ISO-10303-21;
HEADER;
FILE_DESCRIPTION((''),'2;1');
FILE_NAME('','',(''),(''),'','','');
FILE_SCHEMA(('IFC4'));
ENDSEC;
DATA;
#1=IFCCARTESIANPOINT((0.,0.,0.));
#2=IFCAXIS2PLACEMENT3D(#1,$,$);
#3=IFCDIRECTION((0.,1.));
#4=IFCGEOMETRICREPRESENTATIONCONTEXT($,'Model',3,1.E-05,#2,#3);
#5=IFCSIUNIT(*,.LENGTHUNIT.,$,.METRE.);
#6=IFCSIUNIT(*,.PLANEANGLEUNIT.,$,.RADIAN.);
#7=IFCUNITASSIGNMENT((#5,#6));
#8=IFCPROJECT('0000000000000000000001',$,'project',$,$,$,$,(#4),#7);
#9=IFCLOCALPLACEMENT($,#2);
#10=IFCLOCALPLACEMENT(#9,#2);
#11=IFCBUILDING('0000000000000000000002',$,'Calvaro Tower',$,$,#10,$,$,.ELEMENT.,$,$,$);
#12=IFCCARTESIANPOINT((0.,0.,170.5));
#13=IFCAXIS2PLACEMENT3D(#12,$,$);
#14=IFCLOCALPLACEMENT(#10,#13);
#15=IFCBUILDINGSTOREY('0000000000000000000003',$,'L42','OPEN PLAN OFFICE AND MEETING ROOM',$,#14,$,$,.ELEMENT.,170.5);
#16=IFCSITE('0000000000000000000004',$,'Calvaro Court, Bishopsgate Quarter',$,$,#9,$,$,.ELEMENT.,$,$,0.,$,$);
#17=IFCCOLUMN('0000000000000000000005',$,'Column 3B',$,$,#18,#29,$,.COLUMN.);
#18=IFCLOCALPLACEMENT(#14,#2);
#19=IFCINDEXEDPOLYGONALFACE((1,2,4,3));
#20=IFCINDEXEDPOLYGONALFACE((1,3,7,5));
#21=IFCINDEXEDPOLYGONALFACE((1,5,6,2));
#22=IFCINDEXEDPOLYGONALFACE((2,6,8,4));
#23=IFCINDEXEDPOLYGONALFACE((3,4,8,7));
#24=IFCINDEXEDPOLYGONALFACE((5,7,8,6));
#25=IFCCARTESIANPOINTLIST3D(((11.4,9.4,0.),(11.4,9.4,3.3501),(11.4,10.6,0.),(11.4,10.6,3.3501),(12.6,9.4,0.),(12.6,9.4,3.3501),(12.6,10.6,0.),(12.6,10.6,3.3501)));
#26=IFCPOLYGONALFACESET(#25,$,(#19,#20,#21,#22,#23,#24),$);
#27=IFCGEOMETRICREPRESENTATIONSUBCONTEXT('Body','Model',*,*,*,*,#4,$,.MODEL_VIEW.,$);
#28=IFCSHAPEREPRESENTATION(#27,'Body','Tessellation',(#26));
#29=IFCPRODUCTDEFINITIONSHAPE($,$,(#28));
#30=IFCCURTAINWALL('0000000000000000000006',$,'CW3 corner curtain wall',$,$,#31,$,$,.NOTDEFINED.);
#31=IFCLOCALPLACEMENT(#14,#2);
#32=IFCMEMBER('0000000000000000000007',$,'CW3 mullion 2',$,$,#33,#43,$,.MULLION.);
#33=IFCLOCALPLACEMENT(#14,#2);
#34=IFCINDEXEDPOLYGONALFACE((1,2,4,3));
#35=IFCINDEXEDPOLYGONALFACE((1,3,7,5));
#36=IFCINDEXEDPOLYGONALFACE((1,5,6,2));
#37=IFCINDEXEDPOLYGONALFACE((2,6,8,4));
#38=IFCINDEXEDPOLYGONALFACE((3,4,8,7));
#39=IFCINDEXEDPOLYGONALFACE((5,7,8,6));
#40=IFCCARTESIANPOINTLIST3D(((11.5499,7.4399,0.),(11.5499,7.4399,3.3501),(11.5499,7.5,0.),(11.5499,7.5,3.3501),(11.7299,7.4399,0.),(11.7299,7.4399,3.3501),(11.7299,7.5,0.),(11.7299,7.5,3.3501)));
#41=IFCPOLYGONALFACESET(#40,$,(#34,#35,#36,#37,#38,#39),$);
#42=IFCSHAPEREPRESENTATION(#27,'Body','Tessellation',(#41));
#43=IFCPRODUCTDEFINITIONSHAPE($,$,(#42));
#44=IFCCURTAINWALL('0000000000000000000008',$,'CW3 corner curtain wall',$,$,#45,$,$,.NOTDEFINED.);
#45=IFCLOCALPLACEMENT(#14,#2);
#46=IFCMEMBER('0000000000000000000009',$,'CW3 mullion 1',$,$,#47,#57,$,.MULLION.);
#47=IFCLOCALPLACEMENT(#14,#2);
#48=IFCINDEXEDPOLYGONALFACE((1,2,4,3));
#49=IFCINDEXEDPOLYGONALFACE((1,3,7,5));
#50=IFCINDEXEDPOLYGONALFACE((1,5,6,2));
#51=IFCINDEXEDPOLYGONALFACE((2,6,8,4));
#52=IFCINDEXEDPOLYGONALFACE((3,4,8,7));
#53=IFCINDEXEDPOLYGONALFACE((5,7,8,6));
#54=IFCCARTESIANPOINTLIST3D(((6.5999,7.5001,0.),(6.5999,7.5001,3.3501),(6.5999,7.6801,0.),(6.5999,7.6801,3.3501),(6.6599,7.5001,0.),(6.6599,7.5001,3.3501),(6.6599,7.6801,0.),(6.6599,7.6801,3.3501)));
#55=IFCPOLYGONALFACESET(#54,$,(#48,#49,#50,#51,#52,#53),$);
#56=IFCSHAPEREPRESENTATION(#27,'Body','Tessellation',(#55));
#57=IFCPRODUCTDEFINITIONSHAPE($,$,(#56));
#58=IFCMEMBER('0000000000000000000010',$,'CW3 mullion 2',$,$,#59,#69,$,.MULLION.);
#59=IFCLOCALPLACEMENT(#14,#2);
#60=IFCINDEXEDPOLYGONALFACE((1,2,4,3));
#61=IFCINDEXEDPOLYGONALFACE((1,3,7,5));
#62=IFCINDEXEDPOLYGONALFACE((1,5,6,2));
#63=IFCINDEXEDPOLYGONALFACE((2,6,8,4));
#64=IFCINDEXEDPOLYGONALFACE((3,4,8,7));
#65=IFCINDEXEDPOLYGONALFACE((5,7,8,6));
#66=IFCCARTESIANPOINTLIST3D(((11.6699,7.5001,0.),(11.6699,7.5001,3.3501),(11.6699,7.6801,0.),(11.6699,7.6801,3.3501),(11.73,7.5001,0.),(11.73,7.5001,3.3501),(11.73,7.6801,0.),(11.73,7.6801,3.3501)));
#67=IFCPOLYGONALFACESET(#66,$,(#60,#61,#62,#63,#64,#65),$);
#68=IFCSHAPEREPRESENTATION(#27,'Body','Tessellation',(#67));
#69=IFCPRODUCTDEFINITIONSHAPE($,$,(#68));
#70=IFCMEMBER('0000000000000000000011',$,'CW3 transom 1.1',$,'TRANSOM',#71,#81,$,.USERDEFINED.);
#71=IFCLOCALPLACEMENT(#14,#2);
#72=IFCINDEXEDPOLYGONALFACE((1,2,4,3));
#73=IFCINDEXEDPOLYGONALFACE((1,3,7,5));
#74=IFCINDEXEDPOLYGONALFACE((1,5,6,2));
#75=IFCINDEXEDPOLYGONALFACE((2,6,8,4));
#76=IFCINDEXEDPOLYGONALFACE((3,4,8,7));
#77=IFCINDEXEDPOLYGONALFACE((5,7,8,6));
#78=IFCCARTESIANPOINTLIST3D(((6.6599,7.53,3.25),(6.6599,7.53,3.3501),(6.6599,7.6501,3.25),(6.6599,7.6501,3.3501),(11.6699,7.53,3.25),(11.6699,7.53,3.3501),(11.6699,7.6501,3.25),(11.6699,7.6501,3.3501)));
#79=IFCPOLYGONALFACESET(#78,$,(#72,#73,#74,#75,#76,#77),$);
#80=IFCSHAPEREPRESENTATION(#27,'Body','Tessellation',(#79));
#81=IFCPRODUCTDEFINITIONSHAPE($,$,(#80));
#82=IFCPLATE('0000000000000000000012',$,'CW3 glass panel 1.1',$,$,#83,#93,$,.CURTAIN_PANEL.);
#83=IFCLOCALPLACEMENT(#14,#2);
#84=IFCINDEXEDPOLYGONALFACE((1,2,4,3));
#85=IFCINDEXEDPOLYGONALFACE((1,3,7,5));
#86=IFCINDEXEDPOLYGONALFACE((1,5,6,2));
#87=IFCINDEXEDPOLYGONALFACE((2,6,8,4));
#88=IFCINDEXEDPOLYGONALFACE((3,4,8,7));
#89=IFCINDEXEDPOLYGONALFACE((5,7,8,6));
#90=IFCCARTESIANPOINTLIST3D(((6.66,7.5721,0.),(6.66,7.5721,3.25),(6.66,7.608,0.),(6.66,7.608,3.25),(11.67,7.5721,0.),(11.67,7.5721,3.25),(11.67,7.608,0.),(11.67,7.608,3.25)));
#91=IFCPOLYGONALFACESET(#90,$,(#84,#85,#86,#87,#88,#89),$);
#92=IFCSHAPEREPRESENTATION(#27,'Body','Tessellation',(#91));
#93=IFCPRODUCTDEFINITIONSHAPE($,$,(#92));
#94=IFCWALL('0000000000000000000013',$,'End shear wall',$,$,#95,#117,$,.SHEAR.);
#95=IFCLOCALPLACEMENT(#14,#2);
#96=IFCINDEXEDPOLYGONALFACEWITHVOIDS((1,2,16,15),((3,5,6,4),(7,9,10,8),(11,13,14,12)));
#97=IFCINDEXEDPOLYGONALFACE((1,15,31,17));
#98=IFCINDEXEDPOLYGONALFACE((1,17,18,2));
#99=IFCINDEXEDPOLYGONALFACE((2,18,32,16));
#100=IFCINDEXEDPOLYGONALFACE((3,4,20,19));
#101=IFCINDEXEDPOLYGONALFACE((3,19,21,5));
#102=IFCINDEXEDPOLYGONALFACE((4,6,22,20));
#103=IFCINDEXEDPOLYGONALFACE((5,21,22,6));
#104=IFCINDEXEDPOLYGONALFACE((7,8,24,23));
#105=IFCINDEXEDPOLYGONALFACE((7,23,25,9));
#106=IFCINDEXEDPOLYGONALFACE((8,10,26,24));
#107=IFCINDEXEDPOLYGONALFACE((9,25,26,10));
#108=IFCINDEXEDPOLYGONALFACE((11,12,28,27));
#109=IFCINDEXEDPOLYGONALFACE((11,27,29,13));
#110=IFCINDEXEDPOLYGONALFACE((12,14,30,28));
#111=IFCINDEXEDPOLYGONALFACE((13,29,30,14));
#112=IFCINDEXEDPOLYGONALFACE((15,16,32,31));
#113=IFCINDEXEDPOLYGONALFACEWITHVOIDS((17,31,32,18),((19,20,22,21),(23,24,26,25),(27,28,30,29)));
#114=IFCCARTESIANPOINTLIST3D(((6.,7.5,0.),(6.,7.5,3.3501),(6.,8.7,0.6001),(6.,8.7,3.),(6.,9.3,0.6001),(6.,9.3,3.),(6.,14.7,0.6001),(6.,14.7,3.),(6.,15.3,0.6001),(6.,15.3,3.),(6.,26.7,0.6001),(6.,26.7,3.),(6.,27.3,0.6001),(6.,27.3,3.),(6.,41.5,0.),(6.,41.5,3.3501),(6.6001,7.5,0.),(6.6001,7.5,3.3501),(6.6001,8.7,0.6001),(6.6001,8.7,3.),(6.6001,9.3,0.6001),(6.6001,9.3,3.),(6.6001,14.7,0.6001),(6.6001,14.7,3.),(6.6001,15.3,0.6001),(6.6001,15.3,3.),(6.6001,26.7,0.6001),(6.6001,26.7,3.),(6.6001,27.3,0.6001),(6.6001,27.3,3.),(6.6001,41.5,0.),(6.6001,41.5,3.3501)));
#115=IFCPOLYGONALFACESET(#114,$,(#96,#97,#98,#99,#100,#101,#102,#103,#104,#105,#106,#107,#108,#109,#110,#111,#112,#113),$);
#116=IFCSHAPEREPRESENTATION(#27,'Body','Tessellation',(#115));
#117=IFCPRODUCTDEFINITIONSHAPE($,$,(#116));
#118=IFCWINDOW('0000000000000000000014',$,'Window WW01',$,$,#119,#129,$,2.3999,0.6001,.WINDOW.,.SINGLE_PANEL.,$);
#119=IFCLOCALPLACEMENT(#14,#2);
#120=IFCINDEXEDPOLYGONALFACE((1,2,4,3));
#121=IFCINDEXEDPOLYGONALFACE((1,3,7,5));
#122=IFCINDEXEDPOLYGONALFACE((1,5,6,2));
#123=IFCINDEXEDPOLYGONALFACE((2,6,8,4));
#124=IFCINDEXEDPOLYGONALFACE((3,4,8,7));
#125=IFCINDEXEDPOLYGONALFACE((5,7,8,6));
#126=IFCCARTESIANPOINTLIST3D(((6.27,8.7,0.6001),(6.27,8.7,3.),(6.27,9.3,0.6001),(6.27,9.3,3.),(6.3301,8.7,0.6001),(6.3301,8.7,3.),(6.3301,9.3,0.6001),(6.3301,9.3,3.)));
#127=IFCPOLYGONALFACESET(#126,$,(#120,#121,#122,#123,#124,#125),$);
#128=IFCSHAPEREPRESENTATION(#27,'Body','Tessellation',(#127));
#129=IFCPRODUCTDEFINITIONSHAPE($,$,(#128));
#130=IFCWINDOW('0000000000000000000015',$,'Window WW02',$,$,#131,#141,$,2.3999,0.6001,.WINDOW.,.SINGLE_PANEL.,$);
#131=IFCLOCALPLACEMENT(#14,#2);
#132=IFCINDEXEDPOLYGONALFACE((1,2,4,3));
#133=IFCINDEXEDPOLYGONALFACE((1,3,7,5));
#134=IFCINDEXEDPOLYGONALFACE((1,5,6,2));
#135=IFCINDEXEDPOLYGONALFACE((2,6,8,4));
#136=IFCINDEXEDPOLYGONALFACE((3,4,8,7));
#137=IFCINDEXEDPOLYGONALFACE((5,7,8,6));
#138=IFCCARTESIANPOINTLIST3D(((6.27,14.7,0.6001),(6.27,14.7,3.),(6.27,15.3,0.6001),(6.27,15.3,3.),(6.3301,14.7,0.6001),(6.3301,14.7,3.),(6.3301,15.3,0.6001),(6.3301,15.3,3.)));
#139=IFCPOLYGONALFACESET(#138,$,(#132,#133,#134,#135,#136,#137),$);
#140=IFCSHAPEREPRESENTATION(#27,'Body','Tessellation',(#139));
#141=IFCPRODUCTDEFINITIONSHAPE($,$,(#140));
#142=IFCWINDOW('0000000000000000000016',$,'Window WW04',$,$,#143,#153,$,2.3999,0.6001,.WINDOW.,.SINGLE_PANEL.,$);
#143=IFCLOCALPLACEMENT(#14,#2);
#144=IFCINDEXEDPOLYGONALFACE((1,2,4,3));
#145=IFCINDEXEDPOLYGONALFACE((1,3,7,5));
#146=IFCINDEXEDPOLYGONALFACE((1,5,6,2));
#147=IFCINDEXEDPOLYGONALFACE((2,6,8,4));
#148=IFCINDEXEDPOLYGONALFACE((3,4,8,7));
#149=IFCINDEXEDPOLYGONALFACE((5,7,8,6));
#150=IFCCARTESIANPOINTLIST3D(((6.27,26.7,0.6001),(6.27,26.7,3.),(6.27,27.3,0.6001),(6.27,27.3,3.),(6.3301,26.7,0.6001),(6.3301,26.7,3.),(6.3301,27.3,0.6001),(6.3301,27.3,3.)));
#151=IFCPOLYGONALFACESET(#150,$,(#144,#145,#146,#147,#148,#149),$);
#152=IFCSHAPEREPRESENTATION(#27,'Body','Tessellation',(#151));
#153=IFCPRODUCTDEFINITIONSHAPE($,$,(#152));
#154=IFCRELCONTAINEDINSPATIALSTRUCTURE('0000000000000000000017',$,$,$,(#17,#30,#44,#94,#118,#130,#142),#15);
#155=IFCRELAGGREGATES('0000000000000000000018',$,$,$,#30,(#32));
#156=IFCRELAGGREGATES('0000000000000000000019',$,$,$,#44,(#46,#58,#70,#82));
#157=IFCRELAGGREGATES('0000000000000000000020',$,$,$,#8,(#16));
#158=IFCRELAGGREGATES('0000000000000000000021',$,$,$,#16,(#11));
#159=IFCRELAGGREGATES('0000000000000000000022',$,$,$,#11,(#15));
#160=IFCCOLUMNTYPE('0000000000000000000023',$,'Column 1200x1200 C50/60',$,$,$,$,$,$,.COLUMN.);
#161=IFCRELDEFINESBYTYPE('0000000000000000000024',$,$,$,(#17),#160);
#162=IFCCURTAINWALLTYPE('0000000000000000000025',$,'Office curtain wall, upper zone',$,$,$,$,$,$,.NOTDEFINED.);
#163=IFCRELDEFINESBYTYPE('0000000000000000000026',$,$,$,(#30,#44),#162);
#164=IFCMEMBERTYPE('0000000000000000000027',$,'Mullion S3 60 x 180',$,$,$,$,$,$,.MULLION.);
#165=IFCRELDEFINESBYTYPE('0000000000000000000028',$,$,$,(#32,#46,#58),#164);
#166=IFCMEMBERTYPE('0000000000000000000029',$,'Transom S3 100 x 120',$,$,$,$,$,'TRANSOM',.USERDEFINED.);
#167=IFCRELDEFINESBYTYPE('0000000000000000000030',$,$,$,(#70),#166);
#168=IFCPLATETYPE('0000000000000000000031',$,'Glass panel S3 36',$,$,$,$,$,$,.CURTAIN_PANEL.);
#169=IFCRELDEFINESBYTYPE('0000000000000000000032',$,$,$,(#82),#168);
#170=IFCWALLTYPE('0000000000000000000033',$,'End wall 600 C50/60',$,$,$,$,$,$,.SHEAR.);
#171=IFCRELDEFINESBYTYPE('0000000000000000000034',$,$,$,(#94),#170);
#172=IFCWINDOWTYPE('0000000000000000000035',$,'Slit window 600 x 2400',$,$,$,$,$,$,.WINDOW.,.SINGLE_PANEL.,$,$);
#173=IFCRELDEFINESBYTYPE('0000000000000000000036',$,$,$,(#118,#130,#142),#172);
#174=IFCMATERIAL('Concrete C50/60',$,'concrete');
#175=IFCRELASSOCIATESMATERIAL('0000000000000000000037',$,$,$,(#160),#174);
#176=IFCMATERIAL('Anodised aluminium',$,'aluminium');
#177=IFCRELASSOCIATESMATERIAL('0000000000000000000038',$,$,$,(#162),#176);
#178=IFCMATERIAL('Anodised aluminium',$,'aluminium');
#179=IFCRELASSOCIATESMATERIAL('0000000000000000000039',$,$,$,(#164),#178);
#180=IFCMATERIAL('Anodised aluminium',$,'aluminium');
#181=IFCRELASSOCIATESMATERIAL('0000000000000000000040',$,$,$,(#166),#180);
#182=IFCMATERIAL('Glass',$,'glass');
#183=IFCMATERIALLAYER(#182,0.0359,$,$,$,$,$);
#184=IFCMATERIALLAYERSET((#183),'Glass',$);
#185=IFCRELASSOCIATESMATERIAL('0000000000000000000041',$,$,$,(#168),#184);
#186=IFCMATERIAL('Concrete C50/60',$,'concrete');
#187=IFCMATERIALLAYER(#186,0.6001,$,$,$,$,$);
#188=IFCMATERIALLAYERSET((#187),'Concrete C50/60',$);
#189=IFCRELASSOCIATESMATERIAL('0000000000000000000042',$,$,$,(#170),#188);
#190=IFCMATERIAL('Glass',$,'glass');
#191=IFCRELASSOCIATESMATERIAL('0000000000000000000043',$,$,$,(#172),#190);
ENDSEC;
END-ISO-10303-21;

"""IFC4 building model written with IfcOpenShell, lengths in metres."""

from ifc_helpers import new_model, si_unit, direction, frame, frame_2d, origin, origin_2d, place, context, subcontext, project, spatial, rectangle, extrude, material, layer, layer_set, material_profile, profile_set, type_object, element, fill, aggregate, save


model = new_model("IFC4")

# Units and contexts
model_context = context("Model", 3, precision=1e-05, world=origin(), true_north=direction((0.0, 1.0)))
body_context = subcontext(model_context, "Body", "Model", "MODEL_VIEW")
ifc_project = project(units=[si_unit("LENGTHUNIT", "METRE"), si_unit("PLANEANGLEUNIT", "RADIAN")], contexts=[model_context])

# Site, building, storey
site_placement = place(None, origin())
site = spatial("IfcSite", under=ifc_project, at=site_placement, Name="Calvaro Court, Bishopsgate Quarter", CompositionType="ELEMENT", RefElevation=0.0)
building_placement = place(site_placement, origin())
building = spatial("IfcBuilding", under=site, at=building_placement, Name="Calvaro Tower", CompositionType="ELEMENT")
storey_placement = place(building_placement, frame((0.0, 0.0, 170.5)))
storey = spatial("IfcBuildingStorey", under=building, at=storey_placement, Name="L42", Description="OPEN PLAN OFFICE AND MEETING ROOM", CompositionType="ELEMENT", Elevation=170.5)

# Column
ifc_material_1 = material(Name="Concrete C50/60", Category="concrete")
ifc_material_profile_1 = material_profile(ifc_material_1, rectangle(XDim=1.2, YDim=1.2, at=origin_2d()), Name="RC 1200x1200")
ifc_profile_set_1 = profile_set([ifc_material_profile_1], Name="Concrete C50/60")
column_type = type_object("IfcColumnType", Name="Column 1200x1200 C50/60", PredefinedType="COLUMN", material=ifc_profile_set_1)
column_placement = place(storey_placement, frame((12.0, 10.0, 0.0), z_axis=(0.0, 0.0, 1.0), x_axis=(1.0, 0.0, 0.0)))
element("IfcColumn", 1, at=column_placement, inside=storey, type_object=column_type, Name="Column 3B", PredefinedType="COLUMN", context=body_context, shape_type="SweptSolid", body=[
    extrude(rectangle(XDim=1.2, YDim=1.2, at=origin_2d()), origin(), (0.0, 0.0, 1.0), 3.3501),
])

# Curtain wall, member
ifc_material_2 = material(Name="Anodised aluminium", Category="aluminium")
curtain_wall_type = type_object("IfcCurtainWallType", Name="Office curtain wall, upper zone", PredefinedType="NOTDEFINED", material=ifc_material_2)
curtain_wall_1_placement = place(storey_placement, origin())
curtain_wall_1 = element("IfcCurtainWall", 2, at=curtain_wall_1_placement, inside=storey, type_object=curtain_wall_type, Name="CW3 corner curtain wall", PredefinedType="NOTDEFINED")
ifc_material_3 = material(Name="Anodised aluminium", Category="aluminium")
ifc_material_profile_2 = material_profile(ifc_material_3, rectangle(XDim=0.1799, YDim=0.0601, at=origin_2d()), Name="Mullion S3 60 x 180")
ifc_profile_set_2 = profile_set([ifc_material_profile_2], Name="Anodised aluminium")
member_type_1 = type_object("IfcMemberType", Name="Mullion S3 60 x 180", PredefinedType="MULLION", material=ifc_profile_set_2)
member_1_placement = place(storey_placement, frame((11.6399, 7.47, 0.0), z_axis=(0.0, 0.0, 1.0), x_axis=(-1.0, 0.0, 0.0)))
member_1 = element("IfcMember", 3, at=member_1_placement, type_object=member_type_1, Name="CW3 mullion 2", PredefinedType="MULLION", context=body_context, shape_type="SweptSolid", body=[
    extrude(rectangle(XDim=0.1799, YDim=0.0601, at=origin_2d()), origin(), (0.0, 0.0, 1.0), 3.3501),
])
aggregate(curtain_wall_1, [member_1])

# Curtain wall, members, plate
curtain_wall_2_placement = place(storey_placement, origin())
curtain_wall_2 = element("IfcCurtainWall", 4, at=curtain_wall_2_placement, inside=storey, type_object=curtain_wall_type, Name="CW3 corner curtain wall", PredefinedType="NOTDEFINED")
member_2_placement = place(storey_placement, frame((6.6299, 7.5901, 0.0), z_axis=(0.0, 0.0, 1.0), x_axis=(0.0, 1.0, 0.0)))
member_2 = element("IfcMember", 5, at=member_2_placement, type_object=member_type_1, Name="CW3 mullion 1", PredefinedType="MULLION", context=body_context, shape_type="SweptSolid", body=[
    extrude(rectangle(XDim=0.1799, YDim=0.0601, at=origin_2d()), origin(), (0.0, 0.0, 1.0), 3.3501),
])
member_3_placement = place(storey_placement, frame((11.7, 7.5901, 0.0), z_axis=(0.0, 0.0, 1.0), x_axis=(0.0, 1.0, 0.0)))
member_3 = element("IfcMember", 6, at=member_3_placement, type_object=member_type_1, Name="CW3 mullion 2", PredefinedType="MULLION", context=body_context, shape_type="SweptSolid", body=[
    extrude(rectangle(XDim=0.1799, YDim=0.0601, at=origin_2d()), origin(), (0.0, 0.0, 1.0), 3.3501),
])
ifc_material_4 = material(Name="Anodised aluminium", Category="aluminium")
ifc_material_profile_3 = material_profile(ifc_material_4, rectangle(XDim=0.1201, YDim=0.1001, at=origin_2d()), Name="Transom S3 100 x 120")
ifc_profile_set_3 = profile_set([ifc_material_profile_3], Name="Anodised aluminium")
member_type_2 = type_object("IfcMemberType", Name="Transom S3 100 x 120", ElementType="TRANSOM", PredefinedType="USERDEFINED", material=ifc_profile_set_3)
member_4_placement = place(storey_placement, frame((6.6599, 7.5901, 3.3), z_axis=(1.0, 0.0, 0.0), x_axis=(0.0, 1.0, 0.0)))
member_4 = element("IfcMember", 7, at=member_4_placement, type_object=member_type_2, Name="CW3 transom 1.1", ObjectType="TRANSOM", PredefinedType="USERDEFINED", context=body_context, shape_type="SweptSolid", body=[
    extrude(rectangle(XDim=0.1201, YDim=0.1001, at=origin_2d()), origin(), (0.0, 0.0, 1.0), 5.01),
])
ifc_material_5 = material(Name="Glass", Category="glass")
ifc_layer_1 = layer(ifc_material_5, 0.0359)
ifc_layer_set_1 = layer_set([ifc_layer_1], Name="Glass")
plate_type = type_object("IfcPlateType", Name="Glass panel S3 36", PredefinedType="CURTAIN_PANEL", material=ifc_layer_set_1)
plate_placement = place(storey_placement, frame((9.165, 7.5901, 0.0), z_axis=(0.0, 0.0, 1.0), x_axis=(1.0, 0.0, 0.0)))
plate = element("IfcPlate", 8, at=plate_placement, type_object=plate_type, Name="CW3 glass panel 1.1", PredefinedType="CURTAIN_PANEL", context=body_context, shape_type="SweptSolid", body=[
    extrude(rectangle(XDim=5.01, YDim=0.0359, at=origin_2d()), origin(), (0.0, 0.0, 1.0), 3.25),
])
aggregate(curtain_wall_2, [member_2, member_3, member_4, plate])

# Wall, openings, windows
ifc_material_6 = material(Name="Concrete C50/60", Category="concrete")
ifc_layer_2 = layer(ifc_material_6, 0.6001)
ifc_layer_set_2 = layer_set([ifc_layer_2], Name="Concrete C50/60")
wall_type_1 = type_object("IfcWallType", Name="End wall 600 C50/60", PredefinedType="SHEAR", material=ifc_layer_set_2)
wall_1_placement = place(storey_placement, frame((6.3, 7.5, 0.0), z_axis=(0.0, 0.0, 1.0), x_axis=(0.0, 1.0, 0.0)))
wall_1 = element("IfcWall", 9, at=wall_1_placement, inside=storey, type_object=wall_type_1, Name="End shear wall", PredefinedType="SHEAR", context=body_context, shape_type="SweptSolid", body=[
    extrude(rectangle(XDim=34.0, YDim=0.6001, at=frame_2d((17.0, 0.0))), origin(), (0.0, 0.0, 1.0), 3.3501),
])
opening_1_placement = place(wall_1_placement, frame((1.2, 0.0, 0.6001)))
opening_1 = element("IfcOpeningElement", 10, at=opening_1_placement, cuts=wall_1, PredefinedType="OPENING", context=body_context, shape_type="SweptSolid", body=[
    extrude(rectangle(XDim=0.6001, YDim=2.3999, at=frame_2d((0.3, 1.2))), frame((0.0, 0.3101, 0.0), z_axis=(0.0, -1.0, 0.0), x_axis=(1.0, 0.0, 0.0)), (0.0, 0.0, 1.0), 0.6201),
])
opening_2_placement = place(wall_1_placement, frame((7.2, 0.0, 0.6001)))
opening_2 = element("IfcOpeningElement", 11, at=opening_2_placement, cuts=wall_1, PredefinedType="OPENING", context=body_context, shape_type="SweptSolid", body=[
    extrude(rectangle(XDim=0.6001, YDim=2.3999, at=frame_2d((0.3, 1.2))), frame((0.0, 0.3101, 0.0), z_axis=(0.0, -1.0, 0.0), x_axis=(1.0, 0.0, 0.0)), (0.0, 0.0, 1.0), 0.6201),
])
opening_3_placement = place(wall_1_placement, frame((19.2, 0.0, 0.6001)))
opening_3 = element("IfcOpeningElement", 12, at=opening_3_placement, cuts=wall_1, PredefinedType="OPENING", context=body_context, shape_type="SweptSolid", body=[
    extrude(rectangle(XDim=0.6001, YDim=2.3999, at=frame_2d((0.3, 1.2))), frame((0.0, 0.3101, 0.0), z_axis=(0.0, -1.0, 0.0), x_axis=(1.0, 0.0, 0.0)), (0.0, 0.0, 1.0), 0.6201),
])
ifc_material_7 = material(Name="Glass", Category="glass")
window_type = type_object("IfcWindowType", Name="Slit window 600 x 2400", PartitioningType="SINGLE_PANEL", PredefinedType="WINDOW", material=ifc_material_7)
window_1_placement = place(opening_1_placement, origin())
window_1 = element("IfcWindow", 13, at=window_1_placement, inside=storey, type_object=window_type, Name="Window WW01", OverallHeight=2.3999, OverallWidth=0.6001, PartitioningType="SINGLE_PANEL", PredefinedType="WINDOW", context=body_context, shape_type="SweptSolid", body=[
    extrude(rectangle(XDim=0.6001, YDim=2.3999, at=frame_2d((0.3, 1.2))), frame((0.0, 0.03, 0.0), z_axis=(0.0, -1.0, 0.0), x_axis=(1.0, 0.0, 0.0)), (0.0, 0.0, 1.0), 0.0601),
])
fill(opening_1, window_1)
window_2_placement = place(opening_2_placement, origin())
window_2 = element("IfcWindow", 14, at=window_2_placement, inside=storey, type_object=window_type, Name="Window WW02", OverallHeight=2.3999, OverallWidth=0.6001, PartitioningType="SINGLE_PANEL", PredefinedType="WINDOW", context=body_context, shape_type="SweptSolid", body=[
    extrude(rectangle(XDim=0.6001, YDim=2.3999, at=frame_2d((0.3, 1.2))), frame((0.0, 0.03, 0.0), z_axis=(0.0, -1.0, 0.0), x_axis=(1.0, 0.0, 0.0)), (0.0, 0.0, 1.0), 0.0601),
])
fill(opening_2, window_2)
window_3_placement = place(opening_3_placement, origin())
window_3 = element("IfcWindow", 15, at=window_3_placement, inside=storey, type_object=window_type, Name="Window WW04", OverallHeight=2.3999, OverallWidth=0.6001, PartitioningType="SINGLE_PANEL", PredefinedType="WINDOW", context=body_context, shape_type="SweptSolid", body=[
    extrude(rectangle(XDim=0.6001, YDim=2.3999, at=frame_2d((0.3, 1.2))), frame((0.0, 0.03, 0.0), z_axis=(0.0, -1.0, 0.0), x_axis=(1.0, 0.0, 0.0)), (0.0, 0.0, 1.0), 0.0601),
])
fill(opening_3, window_3)

save(model, "model.ifc")
